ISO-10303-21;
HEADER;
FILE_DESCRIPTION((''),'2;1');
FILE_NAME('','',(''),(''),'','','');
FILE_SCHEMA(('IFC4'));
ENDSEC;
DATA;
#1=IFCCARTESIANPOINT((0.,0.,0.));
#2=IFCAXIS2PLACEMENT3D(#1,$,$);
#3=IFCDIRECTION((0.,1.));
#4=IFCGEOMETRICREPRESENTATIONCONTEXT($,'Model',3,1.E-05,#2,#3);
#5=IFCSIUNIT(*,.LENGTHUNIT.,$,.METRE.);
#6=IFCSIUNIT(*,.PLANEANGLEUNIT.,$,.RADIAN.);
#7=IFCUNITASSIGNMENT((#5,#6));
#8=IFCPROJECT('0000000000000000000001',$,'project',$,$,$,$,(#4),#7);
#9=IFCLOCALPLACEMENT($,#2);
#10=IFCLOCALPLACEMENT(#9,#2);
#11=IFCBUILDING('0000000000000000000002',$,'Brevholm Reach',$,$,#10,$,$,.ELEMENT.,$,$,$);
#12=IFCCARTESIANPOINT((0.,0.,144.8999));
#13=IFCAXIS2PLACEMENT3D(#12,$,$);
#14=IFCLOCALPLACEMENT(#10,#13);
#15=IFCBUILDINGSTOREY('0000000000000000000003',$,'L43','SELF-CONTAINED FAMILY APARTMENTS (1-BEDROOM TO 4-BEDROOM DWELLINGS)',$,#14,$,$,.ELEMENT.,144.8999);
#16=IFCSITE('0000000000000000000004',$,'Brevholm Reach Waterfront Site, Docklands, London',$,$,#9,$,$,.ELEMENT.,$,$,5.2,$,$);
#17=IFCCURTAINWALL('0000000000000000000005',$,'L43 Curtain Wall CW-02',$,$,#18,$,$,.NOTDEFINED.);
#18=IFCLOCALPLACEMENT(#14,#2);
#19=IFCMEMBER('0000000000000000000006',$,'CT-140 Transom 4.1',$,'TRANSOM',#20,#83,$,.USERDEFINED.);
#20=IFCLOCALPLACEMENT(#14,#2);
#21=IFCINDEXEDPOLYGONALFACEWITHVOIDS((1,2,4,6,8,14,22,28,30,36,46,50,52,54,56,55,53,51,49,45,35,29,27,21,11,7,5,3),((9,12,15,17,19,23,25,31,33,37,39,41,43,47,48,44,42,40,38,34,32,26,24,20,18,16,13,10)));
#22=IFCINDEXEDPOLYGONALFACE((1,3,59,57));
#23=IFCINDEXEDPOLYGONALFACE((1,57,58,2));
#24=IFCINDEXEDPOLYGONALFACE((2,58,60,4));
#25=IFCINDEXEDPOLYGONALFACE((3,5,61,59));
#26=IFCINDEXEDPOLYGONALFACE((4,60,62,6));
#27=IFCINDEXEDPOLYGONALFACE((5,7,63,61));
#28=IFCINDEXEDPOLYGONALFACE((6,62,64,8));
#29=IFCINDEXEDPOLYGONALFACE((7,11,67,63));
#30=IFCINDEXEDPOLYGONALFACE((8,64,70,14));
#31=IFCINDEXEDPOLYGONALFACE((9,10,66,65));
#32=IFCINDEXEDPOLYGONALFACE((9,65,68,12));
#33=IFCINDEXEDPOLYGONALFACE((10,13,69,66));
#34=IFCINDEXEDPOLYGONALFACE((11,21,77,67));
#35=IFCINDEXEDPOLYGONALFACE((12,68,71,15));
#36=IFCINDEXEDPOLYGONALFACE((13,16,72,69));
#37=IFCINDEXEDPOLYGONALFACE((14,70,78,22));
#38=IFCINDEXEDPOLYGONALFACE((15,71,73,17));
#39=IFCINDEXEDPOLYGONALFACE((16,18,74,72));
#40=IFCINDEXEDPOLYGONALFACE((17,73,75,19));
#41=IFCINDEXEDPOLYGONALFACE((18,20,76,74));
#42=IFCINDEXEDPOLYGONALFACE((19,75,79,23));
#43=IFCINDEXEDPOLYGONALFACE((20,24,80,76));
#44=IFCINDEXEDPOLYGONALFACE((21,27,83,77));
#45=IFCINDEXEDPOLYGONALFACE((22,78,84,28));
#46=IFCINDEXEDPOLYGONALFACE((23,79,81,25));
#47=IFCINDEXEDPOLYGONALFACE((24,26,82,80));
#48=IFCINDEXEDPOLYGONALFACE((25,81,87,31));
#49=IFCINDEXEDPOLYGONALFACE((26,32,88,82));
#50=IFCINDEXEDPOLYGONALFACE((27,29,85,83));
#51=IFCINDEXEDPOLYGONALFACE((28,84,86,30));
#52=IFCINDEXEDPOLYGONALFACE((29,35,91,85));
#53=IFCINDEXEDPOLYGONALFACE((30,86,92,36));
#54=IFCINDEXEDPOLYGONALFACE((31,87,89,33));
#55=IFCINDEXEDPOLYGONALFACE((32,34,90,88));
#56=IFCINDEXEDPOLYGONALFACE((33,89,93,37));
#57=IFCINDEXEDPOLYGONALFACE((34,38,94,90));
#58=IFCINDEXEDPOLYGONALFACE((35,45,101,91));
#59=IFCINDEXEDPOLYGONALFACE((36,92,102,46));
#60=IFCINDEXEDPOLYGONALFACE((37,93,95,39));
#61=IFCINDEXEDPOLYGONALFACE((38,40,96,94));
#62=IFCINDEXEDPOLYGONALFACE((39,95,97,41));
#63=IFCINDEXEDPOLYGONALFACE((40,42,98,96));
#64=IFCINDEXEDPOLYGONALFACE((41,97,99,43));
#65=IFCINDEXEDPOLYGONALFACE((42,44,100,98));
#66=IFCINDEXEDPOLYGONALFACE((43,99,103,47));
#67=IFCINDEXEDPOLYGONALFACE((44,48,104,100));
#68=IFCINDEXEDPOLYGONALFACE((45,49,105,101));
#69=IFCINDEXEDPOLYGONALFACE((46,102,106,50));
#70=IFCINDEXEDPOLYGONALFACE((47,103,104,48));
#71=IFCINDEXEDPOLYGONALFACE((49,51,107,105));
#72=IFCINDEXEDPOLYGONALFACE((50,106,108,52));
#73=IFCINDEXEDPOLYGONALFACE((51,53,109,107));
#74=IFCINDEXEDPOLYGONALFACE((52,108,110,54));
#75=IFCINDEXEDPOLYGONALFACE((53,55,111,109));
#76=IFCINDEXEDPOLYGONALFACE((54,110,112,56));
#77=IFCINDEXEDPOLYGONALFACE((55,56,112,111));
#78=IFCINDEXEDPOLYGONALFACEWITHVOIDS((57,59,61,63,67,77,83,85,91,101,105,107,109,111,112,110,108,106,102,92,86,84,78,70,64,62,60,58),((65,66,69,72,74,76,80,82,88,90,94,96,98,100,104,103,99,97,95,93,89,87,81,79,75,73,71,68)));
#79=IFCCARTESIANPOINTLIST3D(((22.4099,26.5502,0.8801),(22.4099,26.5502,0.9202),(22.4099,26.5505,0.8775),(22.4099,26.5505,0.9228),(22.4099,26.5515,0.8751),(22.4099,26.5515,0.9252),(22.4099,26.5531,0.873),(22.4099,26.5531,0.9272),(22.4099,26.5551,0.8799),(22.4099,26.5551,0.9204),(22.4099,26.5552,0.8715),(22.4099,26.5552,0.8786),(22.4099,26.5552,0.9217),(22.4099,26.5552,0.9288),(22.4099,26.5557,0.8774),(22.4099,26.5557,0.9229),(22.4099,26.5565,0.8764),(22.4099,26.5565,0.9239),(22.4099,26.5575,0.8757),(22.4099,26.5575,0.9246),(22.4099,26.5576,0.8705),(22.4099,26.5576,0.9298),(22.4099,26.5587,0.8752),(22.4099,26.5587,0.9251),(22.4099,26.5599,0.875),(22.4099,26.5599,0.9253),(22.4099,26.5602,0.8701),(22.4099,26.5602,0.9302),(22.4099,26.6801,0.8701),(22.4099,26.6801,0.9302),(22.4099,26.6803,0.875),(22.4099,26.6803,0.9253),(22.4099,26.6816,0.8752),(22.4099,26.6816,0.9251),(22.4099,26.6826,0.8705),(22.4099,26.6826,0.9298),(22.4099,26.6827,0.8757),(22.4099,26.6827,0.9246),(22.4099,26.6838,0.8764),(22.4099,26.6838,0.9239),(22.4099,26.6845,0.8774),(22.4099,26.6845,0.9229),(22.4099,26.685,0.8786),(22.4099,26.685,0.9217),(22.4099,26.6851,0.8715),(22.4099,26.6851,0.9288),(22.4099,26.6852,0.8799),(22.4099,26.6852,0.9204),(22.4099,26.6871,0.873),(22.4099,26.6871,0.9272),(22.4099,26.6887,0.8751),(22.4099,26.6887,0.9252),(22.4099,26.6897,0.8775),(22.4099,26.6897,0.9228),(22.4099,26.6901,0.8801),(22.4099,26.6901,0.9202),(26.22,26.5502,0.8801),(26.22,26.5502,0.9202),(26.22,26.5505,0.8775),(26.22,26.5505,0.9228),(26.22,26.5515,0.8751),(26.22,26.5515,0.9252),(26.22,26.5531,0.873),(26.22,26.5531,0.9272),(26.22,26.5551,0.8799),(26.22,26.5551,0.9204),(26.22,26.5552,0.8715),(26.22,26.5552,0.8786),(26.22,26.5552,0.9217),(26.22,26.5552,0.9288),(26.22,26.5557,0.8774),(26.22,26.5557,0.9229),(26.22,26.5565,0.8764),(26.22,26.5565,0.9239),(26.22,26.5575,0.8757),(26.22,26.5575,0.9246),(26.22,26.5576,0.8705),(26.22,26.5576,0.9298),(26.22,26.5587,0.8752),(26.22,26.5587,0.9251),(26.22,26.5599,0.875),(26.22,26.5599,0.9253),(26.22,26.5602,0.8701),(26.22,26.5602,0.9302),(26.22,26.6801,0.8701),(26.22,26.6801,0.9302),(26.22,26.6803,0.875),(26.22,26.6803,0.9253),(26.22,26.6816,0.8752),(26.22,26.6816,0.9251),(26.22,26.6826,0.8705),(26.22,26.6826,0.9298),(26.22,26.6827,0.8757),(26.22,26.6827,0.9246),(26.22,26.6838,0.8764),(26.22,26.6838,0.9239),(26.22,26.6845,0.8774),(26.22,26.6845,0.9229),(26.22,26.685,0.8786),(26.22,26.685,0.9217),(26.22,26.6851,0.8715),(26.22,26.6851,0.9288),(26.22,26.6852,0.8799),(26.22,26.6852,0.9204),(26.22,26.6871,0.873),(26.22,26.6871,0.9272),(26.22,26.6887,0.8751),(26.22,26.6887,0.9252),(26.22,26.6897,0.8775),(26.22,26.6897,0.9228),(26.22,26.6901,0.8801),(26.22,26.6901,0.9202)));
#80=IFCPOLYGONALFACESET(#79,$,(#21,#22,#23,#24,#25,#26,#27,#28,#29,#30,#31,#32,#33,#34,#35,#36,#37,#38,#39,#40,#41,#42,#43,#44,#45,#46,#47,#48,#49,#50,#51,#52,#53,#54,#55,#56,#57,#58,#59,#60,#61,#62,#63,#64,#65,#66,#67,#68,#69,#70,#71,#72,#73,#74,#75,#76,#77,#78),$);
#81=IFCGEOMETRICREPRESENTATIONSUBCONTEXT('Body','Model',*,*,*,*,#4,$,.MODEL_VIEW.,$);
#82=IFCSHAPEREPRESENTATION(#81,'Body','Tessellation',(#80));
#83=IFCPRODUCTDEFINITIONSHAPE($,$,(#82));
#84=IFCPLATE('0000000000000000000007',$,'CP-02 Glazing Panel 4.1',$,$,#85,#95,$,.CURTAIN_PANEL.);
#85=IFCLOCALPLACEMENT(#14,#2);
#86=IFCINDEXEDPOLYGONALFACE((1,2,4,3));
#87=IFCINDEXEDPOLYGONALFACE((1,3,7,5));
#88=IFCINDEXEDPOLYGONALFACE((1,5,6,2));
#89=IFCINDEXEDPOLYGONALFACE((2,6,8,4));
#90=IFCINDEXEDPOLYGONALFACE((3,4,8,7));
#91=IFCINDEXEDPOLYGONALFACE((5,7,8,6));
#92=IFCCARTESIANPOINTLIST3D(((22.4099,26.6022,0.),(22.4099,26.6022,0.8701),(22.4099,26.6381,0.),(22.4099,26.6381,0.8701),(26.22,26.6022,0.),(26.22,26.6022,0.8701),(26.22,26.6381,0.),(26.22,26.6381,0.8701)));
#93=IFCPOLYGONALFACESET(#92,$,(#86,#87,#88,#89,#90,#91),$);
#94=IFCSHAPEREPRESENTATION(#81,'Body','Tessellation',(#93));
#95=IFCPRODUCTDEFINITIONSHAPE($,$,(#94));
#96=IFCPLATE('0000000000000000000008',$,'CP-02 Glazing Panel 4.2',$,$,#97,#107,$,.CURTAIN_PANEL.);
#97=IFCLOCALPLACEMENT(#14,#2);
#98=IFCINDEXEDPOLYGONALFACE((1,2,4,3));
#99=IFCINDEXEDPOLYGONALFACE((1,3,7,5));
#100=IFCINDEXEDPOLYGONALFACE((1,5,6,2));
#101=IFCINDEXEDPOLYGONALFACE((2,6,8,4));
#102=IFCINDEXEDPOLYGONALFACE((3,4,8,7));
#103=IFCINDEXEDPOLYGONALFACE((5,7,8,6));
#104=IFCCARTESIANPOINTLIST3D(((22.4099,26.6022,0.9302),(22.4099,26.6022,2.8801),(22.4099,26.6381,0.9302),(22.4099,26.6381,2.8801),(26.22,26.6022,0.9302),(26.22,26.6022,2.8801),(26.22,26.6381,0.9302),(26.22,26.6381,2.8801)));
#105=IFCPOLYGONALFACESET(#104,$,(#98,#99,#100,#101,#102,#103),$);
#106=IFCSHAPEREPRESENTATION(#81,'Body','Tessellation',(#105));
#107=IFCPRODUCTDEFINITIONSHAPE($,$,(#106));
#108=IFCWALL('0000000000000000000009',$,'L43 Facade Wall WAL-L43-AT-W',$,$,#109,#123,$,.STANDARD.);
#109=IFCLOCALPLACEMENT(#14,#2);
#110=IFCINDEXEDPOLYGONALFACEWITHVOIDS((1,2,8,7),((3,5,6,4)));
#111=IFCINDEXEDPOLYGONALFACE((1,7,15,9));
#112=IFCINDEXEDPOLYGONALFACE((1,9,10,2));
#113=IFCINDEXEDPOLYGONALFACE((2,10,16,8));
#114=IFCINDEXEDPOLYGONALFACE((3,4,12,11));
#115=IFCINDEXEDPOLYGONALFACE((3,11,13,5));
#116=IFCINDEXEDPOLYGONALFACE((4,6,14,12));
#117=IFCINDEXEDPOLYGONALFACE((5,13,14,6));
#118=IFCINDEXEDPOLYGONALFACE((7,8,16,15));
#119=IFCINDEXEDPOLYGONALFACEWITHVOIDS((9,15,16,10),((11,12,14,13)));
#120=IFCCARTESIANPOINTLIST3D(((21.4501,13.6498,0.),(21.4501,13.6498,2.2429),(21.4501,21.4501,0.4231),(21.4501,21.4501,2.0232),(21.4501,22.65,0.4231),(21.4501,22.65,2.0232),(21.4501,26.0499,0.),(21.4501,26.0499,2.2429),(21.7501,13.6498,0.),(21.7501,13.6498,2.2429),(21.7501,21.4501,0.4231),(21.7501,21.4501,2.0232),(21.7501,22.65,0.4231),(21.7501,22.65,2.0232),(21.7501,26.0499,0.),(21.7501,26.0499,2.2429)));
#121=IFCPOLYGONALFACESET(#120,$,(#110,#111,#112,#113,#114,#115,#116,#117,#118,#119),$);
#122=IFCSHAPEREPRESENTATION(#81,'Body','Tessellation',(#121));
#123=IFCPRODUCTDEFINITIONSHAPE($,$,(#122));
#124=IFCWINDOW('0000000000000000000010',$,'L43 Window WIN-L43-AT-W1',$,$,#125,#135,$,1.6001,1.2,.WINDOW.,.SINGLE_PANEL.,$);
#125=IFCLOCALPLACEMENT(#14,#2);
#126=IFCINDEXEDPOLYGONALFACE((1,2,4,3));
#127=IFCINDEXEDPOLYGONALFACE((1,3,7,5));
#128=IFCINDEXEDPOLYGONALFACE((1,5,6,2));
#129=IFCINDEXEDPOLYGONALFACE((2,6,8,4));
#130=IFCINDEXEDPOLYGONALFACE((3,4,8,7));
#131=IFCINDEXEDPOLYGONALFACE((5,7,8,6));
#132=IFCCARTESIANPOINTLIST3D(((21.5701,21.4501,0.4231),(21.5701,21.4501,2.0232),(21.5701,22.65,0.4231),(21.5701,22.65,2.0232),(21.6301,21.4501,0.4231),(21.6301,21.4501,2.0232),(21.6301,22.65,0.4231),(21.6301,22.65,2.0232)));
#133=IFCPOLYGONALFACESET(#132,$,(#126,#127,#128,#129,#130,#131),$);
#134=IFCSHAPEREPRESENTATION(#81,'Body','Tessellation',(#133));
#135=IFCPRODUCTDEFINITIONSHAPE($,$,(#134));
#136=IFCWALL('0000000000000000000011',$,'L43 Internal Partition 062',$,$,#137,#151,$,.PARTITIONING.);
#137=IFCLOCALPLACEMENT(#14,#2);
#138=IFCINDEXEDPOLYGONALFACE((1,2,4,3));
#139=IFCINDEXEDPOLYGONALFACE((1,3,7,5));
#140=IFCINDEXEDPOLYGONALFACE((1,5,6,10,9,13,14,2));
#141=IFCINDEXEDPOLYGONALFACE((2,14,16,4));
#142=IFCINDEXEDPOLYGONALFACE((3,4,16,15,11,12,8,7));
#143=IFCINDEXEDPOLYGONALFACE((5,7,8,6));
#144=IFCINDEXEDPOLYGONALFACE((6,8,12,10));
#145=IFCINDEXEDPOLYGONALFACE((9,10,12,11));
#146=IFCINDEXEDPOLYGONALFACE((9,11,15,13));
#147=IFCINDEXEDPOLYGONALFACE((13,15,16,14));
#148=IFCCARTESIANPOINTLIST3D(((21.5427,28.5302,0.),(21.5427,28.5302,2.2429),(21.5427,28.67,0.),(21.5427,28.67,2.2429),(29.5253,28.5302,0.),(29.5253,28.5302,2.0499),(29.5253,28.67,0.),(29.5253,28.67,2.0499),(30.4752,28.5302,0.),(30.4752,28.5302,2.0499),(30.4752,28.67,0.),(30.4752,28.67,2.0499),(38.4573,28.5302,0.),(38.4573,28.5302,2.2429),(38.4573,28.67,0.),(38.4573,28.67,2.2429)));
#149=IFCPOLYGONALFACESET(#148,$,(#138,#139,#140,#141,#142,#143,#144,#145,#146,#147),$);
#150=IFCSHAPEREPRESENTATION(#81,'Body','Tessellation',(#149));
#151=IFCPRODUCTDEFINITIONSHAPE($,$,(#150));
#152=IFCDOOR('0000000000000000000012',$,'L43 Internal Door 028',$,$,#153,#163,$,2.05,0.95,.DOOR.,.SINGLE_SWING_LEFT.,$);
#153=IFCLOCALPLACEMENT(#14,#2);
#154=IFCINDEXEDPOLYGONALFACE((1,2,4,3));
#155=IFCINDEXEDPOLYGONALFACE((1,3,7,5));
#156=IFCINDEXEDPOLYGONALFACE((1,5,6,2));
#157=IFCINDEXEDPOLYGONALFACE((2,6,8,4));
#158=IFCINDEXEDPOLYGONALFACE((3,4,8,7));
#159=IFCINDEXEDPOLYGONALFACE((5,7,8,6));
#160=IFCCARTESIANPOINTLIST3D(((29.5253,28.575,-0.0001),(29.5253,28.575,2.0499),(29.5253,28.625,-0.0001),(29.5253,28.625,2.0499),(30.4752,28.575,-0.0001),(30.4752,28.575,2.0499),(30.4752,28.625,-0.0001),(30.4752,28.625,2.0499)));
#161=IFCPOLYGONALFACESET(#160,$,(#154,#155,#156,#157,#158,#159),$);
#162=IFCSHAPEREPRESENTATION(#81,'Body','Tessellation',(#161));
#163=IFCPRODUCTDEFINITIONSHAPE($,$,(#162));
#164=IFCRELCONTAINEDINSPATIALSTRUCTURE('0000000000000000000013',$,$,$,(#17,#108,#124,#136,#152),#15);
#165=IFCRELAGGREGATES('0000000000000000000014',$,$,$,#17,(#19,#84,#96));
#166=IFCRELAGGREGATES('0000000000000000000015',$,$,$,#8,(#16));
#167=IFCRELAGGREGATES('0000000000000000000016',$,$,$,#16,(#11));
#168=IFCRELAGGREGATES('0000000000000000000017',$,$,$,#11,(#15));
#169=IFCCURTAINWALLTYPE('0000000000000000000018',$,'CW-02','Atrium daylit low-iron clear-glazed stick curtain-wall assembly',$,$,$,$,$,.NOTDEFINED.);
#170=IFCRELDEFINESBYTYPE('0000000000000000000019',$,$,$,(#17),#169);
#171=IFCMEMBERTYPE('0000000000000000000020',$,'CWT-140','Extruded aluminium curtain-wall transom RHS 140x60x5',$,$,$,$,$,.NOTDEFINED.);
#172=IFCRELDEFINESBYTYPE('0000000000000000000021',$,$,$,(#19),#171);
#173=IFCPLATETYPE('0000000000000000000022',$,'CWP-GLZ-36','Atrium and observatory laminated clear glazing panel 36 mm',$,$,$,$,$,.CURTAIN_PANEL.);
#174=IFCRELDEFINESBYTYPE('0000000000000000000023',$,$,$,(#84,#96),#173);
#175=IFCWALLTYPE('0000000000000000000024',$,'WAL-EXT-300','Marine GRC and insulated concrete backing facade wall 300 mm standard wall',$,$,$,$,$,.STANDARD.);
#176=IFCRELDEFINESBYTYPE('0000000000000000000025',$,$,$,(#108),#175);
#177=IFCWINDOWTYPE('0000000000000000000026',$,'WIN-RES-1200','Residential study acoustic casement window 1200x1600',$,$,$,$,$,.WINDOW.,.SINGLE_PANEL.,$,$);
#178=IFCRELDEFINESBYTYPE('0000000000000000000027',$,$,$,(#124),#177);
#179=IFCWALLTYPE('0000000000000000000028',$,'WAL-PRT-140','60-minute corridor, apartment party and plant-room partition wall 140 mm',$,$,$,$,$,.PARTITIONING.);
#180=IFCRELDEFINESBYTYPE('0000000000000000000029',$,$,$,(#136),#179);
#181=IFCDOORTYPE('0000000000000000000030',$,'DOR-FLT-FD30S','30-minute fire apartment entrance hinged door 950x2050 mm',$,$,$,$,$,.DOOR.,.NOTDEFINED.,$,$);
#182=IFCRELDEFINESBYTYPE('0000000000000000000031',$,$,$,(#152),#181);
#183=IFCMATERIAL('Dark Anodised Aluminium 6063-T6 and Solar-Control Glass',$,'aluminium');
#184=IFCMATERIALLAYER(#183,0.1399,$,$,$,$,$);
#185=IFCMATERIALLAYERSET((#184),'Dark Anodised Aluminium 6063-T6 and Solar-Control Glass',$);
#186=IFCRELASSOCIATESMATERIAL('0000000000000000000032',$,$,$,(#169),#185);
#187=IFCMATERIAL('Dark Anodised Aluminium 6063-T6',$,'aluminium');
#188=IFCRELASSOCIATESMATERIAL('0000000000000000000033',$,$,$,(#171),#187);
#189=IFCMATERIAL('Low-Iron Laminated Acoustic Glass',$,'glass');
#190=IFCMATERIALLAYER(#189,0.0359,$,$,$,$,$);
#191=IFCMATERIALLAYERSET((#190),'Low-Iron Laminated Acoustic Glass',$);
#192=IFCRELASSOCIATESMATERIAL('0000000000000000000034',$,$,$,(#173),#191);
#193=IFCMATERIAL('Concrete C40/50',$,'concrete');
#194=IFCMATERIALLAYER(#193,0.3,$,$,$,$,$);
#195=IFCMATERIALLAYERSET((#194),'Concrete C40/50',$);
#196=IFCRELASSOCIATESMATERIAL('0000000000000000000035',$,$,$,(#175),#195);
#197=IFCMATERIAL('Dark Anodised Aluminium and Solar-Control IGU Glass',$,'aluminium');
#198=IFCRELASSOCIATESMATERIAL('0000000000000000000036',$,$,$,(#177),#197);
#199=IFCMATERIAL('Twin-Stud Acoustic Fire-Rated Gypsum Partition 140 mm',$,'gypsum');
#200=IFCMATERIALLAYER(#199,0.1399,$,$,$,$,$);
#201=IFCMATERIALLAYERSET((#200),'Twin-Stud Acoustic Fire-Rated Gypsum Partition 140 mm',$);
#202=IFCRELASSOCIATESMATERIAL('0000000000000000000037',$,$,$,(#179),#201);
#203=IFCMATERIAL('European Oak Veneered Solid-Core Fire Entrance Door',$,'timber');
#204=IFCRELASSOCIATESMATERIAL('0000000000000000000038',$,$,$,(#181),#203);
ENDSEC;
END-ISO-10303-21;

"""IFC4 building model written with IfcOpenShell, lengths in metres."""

from ifc_helpers import new_model, si_unit, direction, frame, frame_2d, origin, origin_2d, place, context, subcontext, project, spatial, rectangle, hollow_rectangle, extrude, material, layer, layer_set, material_profile, profile_set, type_object, element, fill, aggregate, save


model = new_model("IFC4")

# Units and contexts
model_context = context("Model", 3, precision=1e-05, world=origin(), true_north=direction((0.0, 1.0)))
body_context = subcontext(model_context, "Body", "Model", "MODEL_VIEW")
ifc_project = project(units=[si_unit("LENGTHUNIT", "METRE"), si_unit("PLANEANGLEUNIT", "RADIAN")], contexts=[model_context])

# Site, building, storey
site_placement = place(None, origin())
site = spatial("IfcSite", under=ifc_project, at=site_placement, Name="Brevholm Reach Waterfront Site, Docklands, London", CompositionType="ELEMENT", RefElevation=5.2)
building_placement = place(site_placement, origin())
building = spatial("IfcBuilding", under=site, at=building_placement, Name="Brevholm Reach", CompositionType="ELEMENT")
storey_placement = place(building_placement, frame((0.0, 0.0, 144.8999)))
storey = spatial("IfcBuildingStorey", under=building, at=storey_placement, Name="L43", Description="SELF-CONTAINED FAMILY APARTMENTS (1-BEDROOM TO 4-BEDROOM DWELLINGS)", CompositionType="ELEMENT", Elevation=144.8999)

# Curtain wall, member, plates
ifc_material_1 = material(Name="Dark Anodised Aluminium 6063-T6 and Solar-Control Glass", Category="aluminium")
ifc_layer_1 = layer(ifc_material_1, 0.1399)
ifc_layer_set_1 = layer_set([ifc_layer_1], Name="Dark Anodised Aluminium 6063-T6 and Solar-Control Glass")
curtain_wall_type = type_object("IfcCurtainWallType", Name="CW-02", Description="Atrium daylit low-iron clear-glazed stick curtain-wall assembly", PredefinedType="NOTDEFINED", material=ifc_layer_set_1)
curtain_wall_placement = place(storey_placement, origin())
curtain_wall = element("IfcCurtainWall", 1, at=curtain_wall_placement, inside=storey, type_object=curtain_wall_type, Name="L43 Curtain Wall CW-02", PredefinedType="NOTDEFINED")
ifc_material_2 = material(Name="Dark Anodised Aluminium 6063-T6", Category="aluminium")
ifc_material_profile_1 = material_profile(ifc_material_2, hollow_rectangle(XDim=0.0601, YDim=0.1399, WallThickness=0.0049, InnerFilletRadius=0.0049, OuterFilletRadius=0.01, at=origin_2d()), Name="RHS 140x60x5")
ifc_profile_set_1 = profile_set([ifc_material_profile_1], Name="Dark Anodised Aluminium 6063-T6")
member_type_1 = type_object("IfcMemberType", Name="CWT-140", Description="Extruded aluminium curtain-wall transom RHS 140x60x5", PredefinedType="NOTDEFINED", material=ifc_profile_set_1)
member_1_placement = place(storey_placement, frame((26.22, 26.6201, 0.9001), z_axis=(-1.0, 0.0, 0.0), x_axis=(0.0, 0.0, 1.0)))
member_1 = element("IfcMember", 2, at=member_1_placement, type_object=member_type_1, Name="CT-140 Transom 4.1", ObjectType="TRANSOM", PredefinedType="USERDEFINED", context=body_context, shape_type="SweptSolid", body=[
    extrude(hollow_rectangle(XDim=0.0601, YDim=0.1399, WallThickness=0.0049, InnerFilletRadius=0.0049, OuterFilletRadius=0.01, at=origin_2d()), origin(), (0.0, 0.0, 1.0), 3.8101),
])
ifc_material_3 = material(Name="Low-Iron Laminated Acoustic Glass", Category="glass")
ifc_layer_2 = layer(ifc_material_3, 0.0359)
ifc_layer_set_2 = layer_set([ifc_layer_2], Name="Low-Iron Laminated Acoustic Glass")
plate_type = type_object("IfcPlateType", Name="CWP-GLZ-36", Description="Atrium and observatory laminated clear glazing panel 36 mm", PredefinedType="CURTAIN_PANEL", material=ifc_layer_set_2)
plate_1_placement = place(storey_placement, frame((24.3149, 26.6201, 0.0), z_axis=(0.0, 0.0, 1.0), x_axis=(-1.0, 0.0, 0.0)))
plate_1 = element("IfcPlate", 3, at=plate_1_placement, type_object=plate_type, Name="CP-02 Glazing Panel 4.1", PredefinedType="CURTAIN_PANEL", context=body_context, shape_type="SweptSolid", body=[
    extrude(rectangle(XDim=3.8101, YDim=0.0359, at=origin_2d()), origin(), (0.0, 0.0, 1.0), 0.8701),
])
plate_2_placement = place(storey_placement, frame((24.3149, 26.6201, 0.9302), z_axis=(0.0, 0.0, 1.0), x_axis=(-1.0, 0.0, 0.0)))
plate_2 = element("IfcPlate", 4, at=plate_2_placement, type_object=plate_type, Name="CP-02 Glazing Panel 4.2", PredefinedType="CURTAIN_PANEL", context=body_context, shape_type="SweptSolid", body=[
    extrude(rectangle(XDim=3.8101, YDim=0.0359, at=origin_2d()), origin(), (0.0, 0.0, 1.0), 1.95),
])
aggregate(curtain_wall, [member_1, plate_1, plate_2])

# Wall, opening, window
ifc_material_4 = material(Name="Concrete C40/50", Category="concrete")
ifc_layer_3 = layer(ifc_material_4, 0.3)
ifc_layer_set_3 = layer_set([ifc_layer_3], Name="Concrete C40/50")
wall_type_1 = type_object("IfcWallType", Name="WAL-EXT-300", Description="Marine GRC and insulated concrete backing facade wall 300 mm standard wall", PredefinedType="STANDARD", material=ifc_layer_set_3)
wall_1_placement = place(storey_placement, frame((21.6001, 26.05, 0.0), z_axis=(0.0, 0.0, 1.0), x_axis=(0.0, -1.0, 0.0)))
wall_1 = element("IfcWall", 5, at=wall_1_placement, inside=storey, type_object=wall_type_1, Name="L43 Facade Wall WAL-L43-AT-W", PredefinedType="STANDARD", context=body_context, shape_type="SweptSolid", body=[
    extrude(rectangle(XDim=12.4001, YDim=0.3, at=frame_2d((6.2002, 0.0))), origin(), (0.0, 0.0, 1.0), 2.2429),
])
opening_1_placement = place(wall_1_placement, frame((3.3999, 0.0, 0.4231)))
opening_1 = element("IfcOpeningElement", 6, at=opening_1_placement, cuts=wall_1, PredefinedType="OPENING", context=body_context, shape_type="SweptSolid", body=[
    extrude(rectangle(XDim=1.2, YDim=1.6001, at=frame_2d((0.6001, 0.8))), frame((0.0, 0.1599, 0.0), z_axis=(0.0, -1.0, 0.0), x_axis=(1.0, 0.0, 0.0)), (0.0, 0.0, 1.0), 0.3201),
])
ifc_material_5 = material(Name="Dark Anodised Aluminium and Solar-Control IGU Glass", Category="aluminium")
window_type = type_object("IfcWindowType", Name="WIN-RES-1200", Description="Residential study acoustic casement window 1200x1600", PartitioningType="SINGLE_PANEL", PredefinedType="WINDOW", material=ifc_material_5)
window_placement = place(opening_1_placement, origin())
window = element("IfcWindow", 7, at=window_placement, inside=storey, type_object=window_type, Name="L43 Window WIN-L43-AT-W1", OverallHeight=1.6001, OverallWidth=1.2, PartitioningType="SINGLE_PANEL", PredefinedType="WINDOW", context=body_context, shape_type="SweptSolid", body=[
    extrude(rectangle(XDim=1.2, YDim=1.6001, at=frame_2d((0.6001, 0.8))), frame((0.0, 0.03, 0.0), z_axis=(0.0, -1.0, 0.0), x_axis=(1.0, 0.0, 0.0)), (0.0, 0.0, 1.0), 0.0601),
])
fill(opening_1, window)

# Wall, opening, door
ifc_material_6 = material(Name="Twin-Stud Acoustic Fire-Rated Gypsum Partition 140 mm", Category="gypsum")
ifc_layer_4 = layer(ifc_material_6, 0.1399)
ifc_layer_set_4 = layer_set([ifc_layer_4], Name="Twin-Stud Acoustic Fire-Rated Gypsum Partition 140 mm")
wall_type_2 = type_object("IfcWallType", Name="WAL-PRT-140", Description="60-minute corridor, apartment party and plant-room partition wall 140 mm", PredefinedType="PARTITIONING", material=ifc_layer_set_4)
wall_2_placement = place(storey_placement, frame((21.5427, 28.6001, 0.0), z_axis=(0.0, 0.0, 1.0), x_axis=(1.0, 0.0, 0.0)))
wall_2 = element("IfcWall", 8, at=wall_2_placement, inside=storey, type_object=wall_type_2, Name="L43 Internal Partition 062", PredefinedType="PARTITIONING", context=body_context, shape_type="SweptSolid", body=[
    extrude(rectangle(XDim=16.9146, YDim=0.1399, at=frame_2d((8.4573, 0.0))), origin(), (0.0, 0.0, 1.0), 2.2429),
])
opening_2_placement = place(wall_2_placement, frame((7.9824, 0.0, 0.0)))
opening_2 = element("IfcOpeningElement", 9, at=opening_2_placement, cuts=wall_2, PredefinedType="OPENING", context=body_context, shape_type="SweptSolid", body=[
    extrude(rectangle(XDim=0.95, YDim=2.05, at=frame_2d((0.4751, 1.0249))), frame((0.0, 0.0798, 0.0), z_axis=(0.0, -1.0, 0.0), x_axis=(1.0, 0.0, 0.0)), (0.0, 0.0, 1.0), 0.1599),
])
ifc_material_7 = material(Name="European Oak Veneered Solid-Core Fire Entrance Door", Category="timber")
door_type = type_object("IfcDoorType", Name="DOR-FLT-FD30S", Description="30-minute fire apartment entrance hinged door 950x2050 mm", OperationType="NOTDEFINED", PredefinedType="DOOR", material=ifc_material_7)
door_placement = place(opening_2_placement, origin())
door = element("IfcDoor", 10, at=door_placement, inside=storey, type_object=door_type, Name="L43 Internal Door 028", OperationType="SINGLE_SWING_LEFT", OverallHeight=2.05, OverallWidth=0.95, PredefinedType="DOOR", context=body_context, shape_type="SweptSolid", body=[
    extrude(rectangle(XDim=0.95, YDim=2.05, at=frame_2d((0.4751, 1.0249))), frame((0.0, 0.0249, 0.0), z_axis=(0.0, -1.0, 0.0), x_axis=(1.0, 0.0, 0.0)), (0.0, 0.0, 1.0), 0.05),
])
fill(opening_2, door)

save(model, "model.ifc")
